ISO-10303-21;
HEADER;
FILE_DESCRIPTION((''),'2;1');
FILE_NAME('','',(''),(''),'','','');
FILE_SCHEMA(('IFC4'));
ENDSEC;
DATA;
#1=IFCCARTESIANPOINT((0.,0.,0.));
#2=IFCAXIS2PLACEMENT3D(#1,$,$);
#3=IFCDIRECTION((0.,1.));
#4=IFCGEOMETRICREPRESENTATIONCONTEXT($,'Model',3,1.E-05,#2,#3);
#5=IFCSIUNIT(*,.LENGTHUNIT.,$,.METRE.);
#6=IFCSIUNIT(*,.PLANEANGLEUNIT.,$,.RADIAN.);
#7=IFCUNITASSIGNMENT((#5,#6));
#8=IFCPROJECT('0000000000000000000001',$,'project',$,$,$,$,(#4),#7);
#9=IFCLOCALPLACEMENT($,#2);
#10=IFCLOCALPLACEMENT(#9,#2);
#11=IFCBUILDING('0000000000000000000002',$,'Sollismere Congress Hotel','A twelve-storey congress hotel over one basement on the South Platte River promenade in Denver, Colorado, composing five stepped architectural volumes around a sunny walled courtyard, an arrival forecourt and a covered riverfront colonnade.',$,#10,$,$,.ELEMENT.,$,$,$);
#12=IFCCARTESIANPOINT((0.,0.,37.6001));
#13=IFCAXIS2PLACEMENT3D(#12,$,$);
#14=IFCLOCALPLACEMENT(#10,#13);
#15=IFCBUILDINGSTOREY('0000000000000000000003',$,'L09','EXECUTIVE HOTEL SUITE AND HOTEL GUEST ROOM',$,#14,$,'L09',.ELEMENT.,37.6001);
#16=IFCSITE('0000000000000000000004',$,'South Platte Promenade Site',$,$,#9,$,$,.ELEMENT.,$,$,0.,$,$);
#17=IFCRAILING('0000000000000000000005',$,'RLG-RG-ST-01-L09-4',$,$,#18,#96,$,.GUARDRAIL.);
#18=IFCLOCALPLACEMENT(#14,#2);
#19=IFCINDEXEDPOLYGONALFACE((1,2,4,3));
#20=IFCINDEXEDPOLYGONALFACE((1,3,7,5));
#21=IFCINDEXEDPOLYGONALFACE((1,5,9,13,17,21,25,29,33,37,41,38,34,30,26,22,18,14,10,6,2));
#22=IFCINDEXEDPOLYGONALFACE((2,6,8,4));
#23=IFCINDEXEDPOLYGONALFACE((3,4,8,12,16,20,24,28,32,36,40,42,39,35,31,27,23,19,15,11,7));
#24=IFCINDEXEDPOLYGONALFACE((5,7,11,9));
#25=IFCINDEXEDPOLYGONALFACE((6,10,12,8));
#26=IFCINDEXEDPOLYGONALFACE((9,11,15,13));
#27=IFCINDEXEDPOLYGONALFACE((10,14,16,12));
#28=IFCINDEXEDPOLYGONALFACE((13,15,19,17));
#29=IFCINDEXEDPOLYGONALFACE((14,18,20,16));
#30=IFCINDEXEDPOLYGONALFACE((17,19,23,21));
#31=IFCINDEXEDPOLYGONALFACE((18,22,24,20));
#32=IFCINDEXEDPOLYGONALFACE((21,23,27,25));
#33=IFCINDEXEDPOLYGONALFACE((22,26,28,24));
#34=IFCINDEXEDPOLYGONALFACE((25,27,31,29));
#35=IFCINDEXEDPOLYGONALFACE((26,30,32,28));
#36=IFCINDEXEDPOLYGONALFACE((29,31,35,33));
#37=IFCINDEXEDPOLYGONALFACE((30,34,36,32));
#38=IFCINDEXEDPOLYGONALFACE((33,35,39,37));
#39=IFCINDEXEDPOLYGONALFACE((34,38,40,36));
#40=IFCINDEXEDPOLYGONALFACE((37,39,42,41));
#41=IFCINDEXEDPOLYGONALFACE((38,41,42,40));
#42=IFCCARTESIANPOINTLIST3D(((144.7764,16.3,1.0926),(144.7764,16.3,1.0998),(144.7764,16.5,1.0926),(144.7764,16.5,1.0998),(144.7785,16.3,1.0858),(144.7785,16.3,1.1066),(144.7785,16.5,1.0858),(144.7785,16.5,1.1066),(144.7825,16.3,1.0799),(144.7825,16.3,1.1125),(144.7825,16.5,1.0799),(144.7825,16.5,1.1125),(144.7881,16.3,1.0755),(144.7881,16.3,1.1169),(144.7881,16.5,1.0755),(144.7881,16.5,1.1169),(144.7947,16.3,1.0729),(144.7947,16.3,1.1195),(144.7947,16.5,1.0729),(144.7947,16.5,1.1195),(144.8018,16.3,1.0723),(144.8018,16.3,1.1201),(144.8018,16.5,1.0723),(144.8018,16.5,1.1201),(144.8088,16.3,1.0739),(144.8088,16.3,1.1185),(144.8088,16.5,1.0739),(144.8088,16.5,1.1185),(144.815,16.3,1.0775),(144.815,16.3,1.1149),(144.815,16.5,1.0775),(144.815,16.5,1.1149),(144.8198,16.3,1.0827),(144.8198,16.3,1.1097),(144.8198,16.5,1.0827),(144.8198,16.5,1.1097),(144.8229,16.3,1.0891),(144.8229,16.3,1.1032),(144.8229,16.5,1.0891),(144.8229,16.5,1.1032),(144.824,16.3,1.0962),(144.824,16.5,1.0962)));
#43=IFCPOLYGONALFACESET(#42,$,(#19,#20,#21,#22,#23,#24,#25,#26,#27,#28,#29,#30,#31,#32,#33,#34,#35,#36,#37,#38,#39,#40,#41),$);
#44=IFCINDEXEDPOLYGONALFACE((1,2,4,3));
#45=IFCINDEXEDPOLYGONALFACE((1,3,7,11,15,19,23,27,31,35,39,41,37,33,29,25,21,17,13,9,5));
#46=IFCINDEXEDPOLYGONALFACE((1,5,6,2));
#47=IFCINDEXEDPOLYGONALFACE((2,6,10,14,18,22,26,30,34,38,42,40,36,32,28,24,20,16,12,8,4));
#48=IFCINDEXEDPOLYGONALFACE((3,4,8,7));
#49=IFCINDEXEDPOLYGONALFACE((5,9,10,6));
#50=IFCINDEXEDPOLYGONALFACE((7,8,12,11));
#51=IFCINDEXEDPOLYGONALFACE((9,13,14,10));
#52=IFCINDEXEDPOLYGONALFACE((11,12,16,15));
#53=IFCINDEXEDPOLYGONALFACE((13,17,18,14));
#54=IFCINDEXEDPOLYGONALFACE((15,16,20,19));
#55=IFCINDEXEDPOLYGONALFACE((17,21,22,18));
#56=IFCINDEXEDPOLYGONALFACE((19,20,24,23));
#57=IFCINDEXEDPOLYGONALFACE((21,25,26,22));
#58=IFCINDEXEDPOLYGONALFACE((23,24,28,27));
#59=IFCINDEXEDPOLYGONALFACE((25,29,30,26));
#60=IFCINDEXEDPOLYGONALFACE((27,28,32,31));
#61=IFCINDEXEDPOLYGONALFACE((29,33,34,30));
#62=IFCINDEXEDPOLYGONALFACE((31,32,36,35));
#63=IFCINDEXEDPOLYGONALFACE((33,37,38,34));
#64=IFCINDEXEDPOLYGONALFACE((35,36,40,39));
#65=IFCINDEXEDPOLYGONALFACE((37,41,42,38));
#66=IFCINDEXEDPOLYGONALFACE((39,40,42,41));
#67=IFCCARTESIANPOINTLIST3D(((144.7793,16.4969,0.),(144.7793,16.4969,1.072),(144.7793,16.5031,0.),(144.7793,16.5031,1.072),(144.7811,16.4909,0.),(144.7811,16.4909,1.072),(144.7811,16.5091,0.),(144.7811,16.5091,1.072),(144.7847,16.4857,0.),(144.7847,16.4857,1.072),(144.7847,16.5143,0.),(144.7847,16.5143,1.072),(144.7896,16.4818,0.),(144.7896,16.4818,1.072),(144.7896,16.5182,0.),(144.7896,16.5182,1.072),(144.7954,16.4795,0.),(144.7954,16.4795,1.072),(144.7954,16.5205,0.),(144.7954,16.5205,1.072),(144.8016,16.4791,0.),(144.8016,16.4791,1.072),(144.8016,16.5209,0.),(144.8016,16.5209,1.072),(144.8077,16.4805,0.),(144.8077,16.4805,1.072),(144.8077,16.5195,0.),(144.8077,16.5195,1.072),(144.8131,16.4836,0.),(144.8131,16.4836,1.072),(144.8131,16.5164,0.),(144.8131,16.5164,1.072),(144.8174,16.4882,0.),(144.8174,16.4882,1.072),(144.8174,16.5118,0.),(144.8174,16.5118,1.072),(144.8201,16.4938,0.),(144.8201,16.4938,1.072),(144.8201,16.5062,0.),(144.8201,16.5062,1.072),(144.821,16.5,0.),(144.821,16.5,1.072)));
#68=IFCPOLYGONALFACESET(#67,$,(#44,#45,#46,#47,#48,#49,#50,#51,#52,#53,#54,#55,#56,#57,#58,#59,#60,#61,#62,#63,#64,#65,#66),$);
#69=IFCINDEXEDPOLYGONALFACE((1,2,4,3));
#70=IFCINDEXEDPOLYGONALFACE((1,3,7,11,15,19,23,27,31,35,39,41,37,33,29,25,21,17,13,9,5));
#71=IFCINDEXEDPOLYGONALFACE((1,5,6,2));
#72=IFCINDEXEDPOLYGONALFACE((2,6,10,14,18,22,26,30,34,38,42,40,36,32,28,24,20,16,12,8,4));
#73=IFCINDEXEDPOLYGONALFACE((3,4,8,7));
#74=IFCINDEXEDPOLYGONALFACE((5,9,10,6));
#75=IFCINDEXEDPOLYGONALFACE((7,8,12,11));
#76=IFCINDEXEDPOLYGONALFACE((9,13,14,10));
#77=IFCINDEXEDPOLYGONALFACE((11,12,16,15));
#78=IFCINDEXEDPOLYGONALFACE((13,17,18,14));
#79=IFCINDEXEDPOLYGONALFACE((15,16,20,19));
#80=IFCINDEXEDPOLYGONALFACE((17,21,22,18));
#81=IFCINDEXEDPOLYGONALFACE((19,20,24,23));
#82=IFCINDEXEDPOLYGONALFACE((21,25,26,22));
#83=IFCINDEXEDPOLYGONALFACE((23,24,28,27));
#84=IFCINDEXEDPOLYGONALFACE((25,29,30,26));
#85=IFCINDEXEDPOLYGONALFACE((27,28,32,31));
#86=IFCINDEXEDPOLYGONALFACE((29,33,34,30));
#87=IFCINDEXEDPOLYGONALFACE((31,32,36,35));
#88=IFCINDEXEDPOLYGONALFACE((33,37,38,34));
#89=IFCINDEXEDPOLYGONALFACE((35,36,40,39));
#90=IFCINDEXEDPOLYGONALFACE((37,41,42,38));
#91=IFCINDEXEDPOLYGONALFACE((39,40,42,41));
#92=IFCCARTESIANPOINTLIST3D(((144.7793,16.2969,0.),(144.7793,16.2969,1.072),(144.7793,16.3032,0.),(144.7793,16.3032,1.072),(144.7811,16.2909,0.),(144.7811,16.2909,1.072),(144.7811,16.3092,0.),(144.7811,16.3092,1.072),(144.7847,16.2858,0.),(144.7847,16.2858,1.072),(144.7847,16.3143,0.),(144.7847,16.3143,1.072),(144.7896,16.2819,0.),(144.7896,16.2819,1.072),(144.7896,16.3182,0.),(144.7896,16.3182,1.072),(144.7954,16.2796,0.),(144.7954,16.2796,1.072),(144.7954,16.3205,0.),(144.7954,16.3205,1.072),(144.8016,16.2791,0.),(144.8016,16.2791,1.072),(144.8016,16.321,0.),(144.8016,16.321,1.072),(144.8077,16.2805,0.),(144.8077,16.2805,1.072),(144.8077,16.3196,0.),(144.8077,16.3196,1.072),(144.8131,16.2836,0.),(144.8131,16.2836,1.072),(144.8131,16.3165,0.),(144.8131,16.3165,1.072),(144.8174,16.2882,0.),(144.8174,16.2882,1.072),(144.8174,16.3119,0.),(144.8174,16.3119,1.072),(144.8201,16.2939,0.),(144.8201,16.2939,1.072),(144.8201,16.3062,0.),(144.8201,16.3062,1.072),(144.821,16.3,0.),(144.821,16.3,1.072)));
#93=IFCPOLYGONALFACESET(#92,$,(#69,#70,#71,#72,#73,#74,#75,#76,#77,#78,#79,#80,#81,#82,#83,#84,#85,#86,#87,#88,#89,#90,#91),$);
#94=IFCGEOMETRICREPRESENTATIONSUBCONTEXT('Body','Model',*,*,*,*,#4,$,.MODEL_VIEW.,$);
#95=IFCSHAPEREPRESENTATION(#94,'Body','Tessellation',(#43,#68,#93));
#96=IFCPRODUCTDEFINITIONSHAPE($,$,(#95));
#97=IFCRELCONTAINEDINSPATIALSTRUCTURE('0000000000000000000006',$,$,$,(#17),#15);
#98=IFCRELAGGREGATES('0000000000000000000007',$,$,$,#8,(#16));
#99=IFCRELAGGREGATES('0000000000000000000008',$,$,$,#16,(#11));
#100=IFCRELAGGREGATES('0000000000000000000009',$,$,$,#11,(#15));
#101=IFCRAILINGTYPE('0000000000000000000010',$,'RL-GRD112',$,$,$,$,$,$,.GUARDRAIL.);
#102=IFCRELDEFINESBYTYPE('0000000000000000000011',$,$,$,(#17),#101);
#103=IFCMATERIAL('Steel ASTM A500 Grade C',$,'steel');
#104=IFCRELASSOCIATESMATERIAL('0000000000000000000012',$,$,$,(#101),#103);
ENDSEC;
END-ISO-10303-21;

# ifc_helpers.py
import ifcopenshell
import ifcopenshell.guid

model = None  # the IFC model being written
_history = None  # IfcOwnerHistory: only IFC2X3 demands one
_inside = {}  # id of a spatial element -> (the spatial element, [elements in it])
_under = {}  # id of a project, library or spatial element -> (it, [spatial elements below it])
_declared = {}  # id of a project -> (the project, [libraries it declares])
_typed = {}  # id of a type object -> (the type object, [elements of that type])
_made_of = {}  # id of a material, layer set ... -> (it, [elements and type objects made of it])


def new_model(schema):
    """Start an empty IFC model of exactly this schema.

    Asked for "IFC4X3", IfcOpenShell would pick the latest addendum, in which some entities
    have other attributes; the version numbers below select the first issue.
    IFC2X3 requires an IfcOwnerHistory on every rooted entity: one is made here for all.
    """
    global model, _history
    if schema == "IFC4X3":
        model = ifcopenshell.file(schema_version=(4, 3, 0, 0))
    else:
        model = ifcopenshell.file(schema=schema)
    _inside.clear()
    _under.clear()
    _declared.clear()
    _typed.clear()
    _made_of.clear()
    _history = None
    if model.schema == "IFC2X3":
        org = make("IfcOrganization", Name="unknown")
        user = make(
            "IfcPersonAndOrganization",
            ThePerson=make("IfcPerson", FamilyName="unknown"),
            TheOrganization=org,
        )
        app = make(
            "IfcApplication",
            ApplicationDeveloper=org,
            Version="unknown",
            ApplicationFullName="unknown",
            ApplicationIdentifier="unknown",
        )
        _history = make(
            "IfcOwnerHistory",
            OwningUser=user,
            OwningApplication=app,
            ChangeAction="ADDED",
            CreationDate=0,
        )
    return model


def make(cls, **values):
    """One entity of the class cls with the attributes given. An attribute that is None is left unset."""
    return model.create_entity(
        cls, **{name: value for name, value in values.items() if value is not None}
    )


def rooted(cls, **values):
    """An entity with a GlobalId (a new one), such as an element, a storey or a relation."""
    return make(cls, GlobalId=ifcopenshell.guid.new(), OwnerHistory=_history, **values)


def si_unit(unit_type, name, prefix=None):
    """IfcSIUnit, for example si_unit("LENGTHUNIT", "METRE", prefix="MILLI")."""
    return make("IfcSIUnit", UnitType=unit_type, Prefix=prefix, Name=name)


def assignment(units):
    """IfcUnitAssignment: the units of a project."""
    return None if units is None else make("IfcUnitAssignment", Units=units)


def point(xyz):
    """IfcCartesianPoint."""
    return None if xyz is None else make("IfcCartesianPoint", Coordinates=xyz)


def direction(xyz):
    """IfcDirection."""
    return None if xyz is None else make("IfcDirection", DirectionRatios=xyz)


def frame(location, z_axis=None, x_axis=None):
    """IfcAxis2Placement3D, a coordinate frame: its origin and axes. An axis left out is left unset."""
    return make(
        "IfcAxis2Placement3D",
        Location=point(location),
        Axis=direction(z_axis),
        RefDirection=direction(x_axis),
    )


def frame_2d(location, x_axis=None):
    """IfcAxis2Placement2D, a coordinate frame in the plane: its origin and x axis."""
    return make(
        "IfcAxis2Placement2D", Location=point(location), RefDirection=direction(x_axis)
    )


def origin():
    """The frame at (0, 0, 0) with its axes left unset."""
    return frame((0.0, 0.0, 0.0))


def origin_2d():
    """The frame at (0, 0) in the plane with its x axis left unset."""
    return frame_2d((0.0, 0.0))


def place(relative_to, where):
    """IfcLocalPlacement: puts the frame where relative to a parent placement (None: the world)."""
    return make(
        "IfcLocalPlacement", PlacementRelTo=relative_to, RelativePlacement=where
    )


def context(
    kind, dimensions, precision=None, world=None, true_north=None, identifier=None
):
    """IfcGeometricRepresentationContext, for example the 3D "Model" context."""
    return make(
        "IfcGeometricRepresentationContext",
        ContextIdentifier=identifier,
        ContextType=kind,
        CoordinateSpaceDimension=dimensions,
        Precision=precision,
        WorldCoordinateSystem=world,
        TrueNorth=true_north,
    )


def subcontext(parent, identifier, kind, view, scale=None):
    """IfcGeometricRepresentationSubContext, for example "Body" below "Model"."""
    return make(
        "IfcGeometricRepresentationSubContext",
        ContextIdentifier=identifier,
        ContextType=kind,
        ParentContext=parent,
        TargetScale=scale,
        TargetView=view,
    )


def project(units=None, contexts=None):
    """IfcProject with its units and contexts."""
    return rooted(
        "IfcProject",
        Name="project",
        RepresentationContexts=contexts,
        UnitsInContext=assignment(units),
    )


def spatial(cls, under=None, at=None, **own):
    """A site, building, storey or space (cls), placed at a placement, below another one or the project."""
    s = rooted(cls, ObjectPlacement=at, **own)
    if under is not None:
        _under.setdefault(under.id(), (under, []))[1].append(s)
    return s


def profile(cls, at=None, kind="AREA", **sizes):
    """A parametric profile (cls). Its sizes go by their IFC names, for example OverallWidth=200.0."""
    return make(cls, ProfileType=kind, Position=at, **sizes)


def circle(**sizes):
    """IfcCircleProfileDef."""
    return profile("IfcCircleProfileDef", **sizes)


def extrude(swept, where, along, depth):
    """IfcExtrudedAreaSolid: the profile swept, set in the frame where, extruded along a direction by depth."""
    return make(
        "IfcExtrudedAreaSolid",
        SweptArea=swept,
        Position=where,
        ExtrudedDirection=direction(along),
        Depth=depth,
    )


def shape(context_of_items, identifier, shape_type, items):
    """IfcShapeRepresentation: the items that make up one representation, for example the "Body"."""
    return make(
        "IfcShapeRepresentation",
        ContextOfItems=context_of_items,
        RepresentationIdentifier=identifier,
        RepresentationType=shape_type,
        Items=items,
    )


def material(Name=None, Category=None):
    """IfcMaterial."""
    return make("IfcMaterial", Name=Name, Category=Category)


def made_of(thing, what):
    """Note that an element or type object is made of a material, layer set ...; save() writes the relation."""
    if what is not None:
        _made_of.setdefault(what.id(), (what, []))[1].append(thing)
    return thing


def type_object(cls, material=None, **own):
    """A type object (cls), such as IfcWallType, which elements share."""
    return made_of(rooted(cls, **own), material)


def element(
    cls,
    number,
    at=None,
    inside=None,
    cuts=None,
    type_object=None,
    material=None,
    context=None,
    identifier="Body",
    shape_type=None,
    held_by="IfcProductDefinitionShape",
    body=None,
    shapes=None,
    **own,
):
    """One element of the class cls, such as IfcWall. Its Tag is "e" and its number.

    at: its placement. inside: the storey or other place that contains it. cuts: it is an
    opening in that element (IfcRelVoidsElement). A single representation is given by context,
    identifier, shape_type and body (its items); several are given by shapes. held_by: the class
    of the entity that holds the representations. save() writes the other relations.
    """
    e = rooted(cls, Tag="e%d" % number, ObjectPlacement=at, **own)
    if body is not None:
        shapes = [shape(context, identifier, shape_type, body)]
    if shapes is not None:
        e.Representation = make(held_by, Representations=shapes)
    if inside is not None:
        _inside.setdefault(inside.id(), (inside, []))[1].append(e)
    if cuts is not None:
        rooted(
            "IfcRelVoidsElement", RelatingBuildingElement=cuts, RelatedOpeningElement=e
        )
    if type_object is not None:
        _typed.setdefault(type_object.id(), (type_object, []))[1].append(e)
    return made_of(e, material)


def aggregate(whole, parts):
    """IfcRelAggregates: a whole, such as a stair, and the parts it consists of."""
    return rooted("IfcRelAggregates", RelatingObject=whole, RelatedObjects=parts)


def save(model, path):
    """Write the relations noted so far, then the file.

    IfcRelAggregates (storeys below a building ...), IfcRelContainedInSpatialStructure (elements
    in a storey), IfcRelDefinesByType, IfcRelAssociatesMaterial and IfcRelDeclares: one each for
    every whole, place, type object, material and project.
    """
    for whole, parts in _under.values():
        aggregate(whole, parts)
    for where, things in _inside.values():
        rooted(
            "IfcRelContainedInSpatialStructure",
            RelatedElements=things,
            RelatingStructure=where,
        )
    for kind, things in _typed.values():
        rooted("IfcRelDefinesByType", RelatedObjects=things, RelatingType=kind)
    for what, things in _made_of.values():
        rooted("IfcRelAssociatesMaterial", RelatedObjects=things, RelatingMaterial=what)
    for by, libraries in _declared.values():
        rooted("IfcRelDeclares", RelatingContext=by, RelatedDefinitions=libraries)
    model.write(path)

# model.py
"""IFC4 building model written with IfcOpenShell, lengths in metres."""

from ifc_helpers import new_model, si_unit, direction, frame, origin, origin_2d, place, context, subcontext, project, spatial, circle, extrude, material, type_object, element, save


model = new_model("IFC4")

# Units and contexts
model_context = context("Model", 3, precision=1e-05, world=origin(), true_north=direction((0.0, 1.0)))
body_context = subcontext(model_context, "Body", "Model", "MODEL_VIEW")
ifc_project = project(units=[si_unit("LENGTHUNIT", "METRE"), si_unit("PLANEANGLEUNIT", "RADIAN")], contexts=[model_context])

# Site, building, storey
site_placement = place(None, origin())
site = spatial("IfcSite", under=ifc_project, at=site_placement, Name="South Platte Promenade Site", CompositionType="ELEMENT", RefElevation=0.0)
building_placement = place(site_placement, origin())
building = spatial("IfcBuilding", under=site, at=building_placement, Name="Sollismere Congress Hotel", Description="A twelve-storey congress hotel over one basement on the South Platte River promenade in Denver, Colorado, composing five stepped architectural volumes around a sunny walled courtyard, an arrival forecourt and a covered riverfront colonnade.", CompositionType="ELEMENT")
storey_placement = place(building_placement, frame((0.0, 0.0, 37.6001)))
storey = spatial("IfcBuildingStorey", under=building, at=storey_placement, Name="L09", Description="EXECUTIVE HOTEL SUITE AND HOTEL GUEST ROOM", LongName="L09", CompositionType="ELEMENT", Elevation=37.6001)

# Railing
ifc_material_1 = material(Name="Steel ASTM A500 Grade C", Category="steel")
railing_type_1 = type_object("IfcRailingType", Name="RL-GRD112", PredefinedType="GUARDRAIL", material=ifc_material_1)
railing_1_placement = place(storey_placement, frame((144.8, 16.5, 0.0)))
element("IfcRailing", 1, at=railing_1_placement, inside=storey, type_object=railing_type_1, Name="RLG-RG-ST-01-L09-4", PredefinedType="GUARDRAIL", context=body_context, shape_type="SweptSolid", body=[
    extrude(circle(Radius=0.0239, at=origin_2d()), frame((0.0, 0.0, 1.0962), z_axis=(0.0, -1.0, 0.0), x_axis=(1.0, 0.0, 0.0)), (0.0, 0.0, 1.0), 0.2),
    extrude(circle(Radius=0.021, at=origin_2d()), origin(), (0.0, 0.0, 1.0), 1.072),
    extrude(circle(Radius=0.021, at=origin_2d()), frame((0.0, -0.2, 0.0)), (0.0, 0.0, 1.0), 1.072),
])

save(model, "model.ifc")
